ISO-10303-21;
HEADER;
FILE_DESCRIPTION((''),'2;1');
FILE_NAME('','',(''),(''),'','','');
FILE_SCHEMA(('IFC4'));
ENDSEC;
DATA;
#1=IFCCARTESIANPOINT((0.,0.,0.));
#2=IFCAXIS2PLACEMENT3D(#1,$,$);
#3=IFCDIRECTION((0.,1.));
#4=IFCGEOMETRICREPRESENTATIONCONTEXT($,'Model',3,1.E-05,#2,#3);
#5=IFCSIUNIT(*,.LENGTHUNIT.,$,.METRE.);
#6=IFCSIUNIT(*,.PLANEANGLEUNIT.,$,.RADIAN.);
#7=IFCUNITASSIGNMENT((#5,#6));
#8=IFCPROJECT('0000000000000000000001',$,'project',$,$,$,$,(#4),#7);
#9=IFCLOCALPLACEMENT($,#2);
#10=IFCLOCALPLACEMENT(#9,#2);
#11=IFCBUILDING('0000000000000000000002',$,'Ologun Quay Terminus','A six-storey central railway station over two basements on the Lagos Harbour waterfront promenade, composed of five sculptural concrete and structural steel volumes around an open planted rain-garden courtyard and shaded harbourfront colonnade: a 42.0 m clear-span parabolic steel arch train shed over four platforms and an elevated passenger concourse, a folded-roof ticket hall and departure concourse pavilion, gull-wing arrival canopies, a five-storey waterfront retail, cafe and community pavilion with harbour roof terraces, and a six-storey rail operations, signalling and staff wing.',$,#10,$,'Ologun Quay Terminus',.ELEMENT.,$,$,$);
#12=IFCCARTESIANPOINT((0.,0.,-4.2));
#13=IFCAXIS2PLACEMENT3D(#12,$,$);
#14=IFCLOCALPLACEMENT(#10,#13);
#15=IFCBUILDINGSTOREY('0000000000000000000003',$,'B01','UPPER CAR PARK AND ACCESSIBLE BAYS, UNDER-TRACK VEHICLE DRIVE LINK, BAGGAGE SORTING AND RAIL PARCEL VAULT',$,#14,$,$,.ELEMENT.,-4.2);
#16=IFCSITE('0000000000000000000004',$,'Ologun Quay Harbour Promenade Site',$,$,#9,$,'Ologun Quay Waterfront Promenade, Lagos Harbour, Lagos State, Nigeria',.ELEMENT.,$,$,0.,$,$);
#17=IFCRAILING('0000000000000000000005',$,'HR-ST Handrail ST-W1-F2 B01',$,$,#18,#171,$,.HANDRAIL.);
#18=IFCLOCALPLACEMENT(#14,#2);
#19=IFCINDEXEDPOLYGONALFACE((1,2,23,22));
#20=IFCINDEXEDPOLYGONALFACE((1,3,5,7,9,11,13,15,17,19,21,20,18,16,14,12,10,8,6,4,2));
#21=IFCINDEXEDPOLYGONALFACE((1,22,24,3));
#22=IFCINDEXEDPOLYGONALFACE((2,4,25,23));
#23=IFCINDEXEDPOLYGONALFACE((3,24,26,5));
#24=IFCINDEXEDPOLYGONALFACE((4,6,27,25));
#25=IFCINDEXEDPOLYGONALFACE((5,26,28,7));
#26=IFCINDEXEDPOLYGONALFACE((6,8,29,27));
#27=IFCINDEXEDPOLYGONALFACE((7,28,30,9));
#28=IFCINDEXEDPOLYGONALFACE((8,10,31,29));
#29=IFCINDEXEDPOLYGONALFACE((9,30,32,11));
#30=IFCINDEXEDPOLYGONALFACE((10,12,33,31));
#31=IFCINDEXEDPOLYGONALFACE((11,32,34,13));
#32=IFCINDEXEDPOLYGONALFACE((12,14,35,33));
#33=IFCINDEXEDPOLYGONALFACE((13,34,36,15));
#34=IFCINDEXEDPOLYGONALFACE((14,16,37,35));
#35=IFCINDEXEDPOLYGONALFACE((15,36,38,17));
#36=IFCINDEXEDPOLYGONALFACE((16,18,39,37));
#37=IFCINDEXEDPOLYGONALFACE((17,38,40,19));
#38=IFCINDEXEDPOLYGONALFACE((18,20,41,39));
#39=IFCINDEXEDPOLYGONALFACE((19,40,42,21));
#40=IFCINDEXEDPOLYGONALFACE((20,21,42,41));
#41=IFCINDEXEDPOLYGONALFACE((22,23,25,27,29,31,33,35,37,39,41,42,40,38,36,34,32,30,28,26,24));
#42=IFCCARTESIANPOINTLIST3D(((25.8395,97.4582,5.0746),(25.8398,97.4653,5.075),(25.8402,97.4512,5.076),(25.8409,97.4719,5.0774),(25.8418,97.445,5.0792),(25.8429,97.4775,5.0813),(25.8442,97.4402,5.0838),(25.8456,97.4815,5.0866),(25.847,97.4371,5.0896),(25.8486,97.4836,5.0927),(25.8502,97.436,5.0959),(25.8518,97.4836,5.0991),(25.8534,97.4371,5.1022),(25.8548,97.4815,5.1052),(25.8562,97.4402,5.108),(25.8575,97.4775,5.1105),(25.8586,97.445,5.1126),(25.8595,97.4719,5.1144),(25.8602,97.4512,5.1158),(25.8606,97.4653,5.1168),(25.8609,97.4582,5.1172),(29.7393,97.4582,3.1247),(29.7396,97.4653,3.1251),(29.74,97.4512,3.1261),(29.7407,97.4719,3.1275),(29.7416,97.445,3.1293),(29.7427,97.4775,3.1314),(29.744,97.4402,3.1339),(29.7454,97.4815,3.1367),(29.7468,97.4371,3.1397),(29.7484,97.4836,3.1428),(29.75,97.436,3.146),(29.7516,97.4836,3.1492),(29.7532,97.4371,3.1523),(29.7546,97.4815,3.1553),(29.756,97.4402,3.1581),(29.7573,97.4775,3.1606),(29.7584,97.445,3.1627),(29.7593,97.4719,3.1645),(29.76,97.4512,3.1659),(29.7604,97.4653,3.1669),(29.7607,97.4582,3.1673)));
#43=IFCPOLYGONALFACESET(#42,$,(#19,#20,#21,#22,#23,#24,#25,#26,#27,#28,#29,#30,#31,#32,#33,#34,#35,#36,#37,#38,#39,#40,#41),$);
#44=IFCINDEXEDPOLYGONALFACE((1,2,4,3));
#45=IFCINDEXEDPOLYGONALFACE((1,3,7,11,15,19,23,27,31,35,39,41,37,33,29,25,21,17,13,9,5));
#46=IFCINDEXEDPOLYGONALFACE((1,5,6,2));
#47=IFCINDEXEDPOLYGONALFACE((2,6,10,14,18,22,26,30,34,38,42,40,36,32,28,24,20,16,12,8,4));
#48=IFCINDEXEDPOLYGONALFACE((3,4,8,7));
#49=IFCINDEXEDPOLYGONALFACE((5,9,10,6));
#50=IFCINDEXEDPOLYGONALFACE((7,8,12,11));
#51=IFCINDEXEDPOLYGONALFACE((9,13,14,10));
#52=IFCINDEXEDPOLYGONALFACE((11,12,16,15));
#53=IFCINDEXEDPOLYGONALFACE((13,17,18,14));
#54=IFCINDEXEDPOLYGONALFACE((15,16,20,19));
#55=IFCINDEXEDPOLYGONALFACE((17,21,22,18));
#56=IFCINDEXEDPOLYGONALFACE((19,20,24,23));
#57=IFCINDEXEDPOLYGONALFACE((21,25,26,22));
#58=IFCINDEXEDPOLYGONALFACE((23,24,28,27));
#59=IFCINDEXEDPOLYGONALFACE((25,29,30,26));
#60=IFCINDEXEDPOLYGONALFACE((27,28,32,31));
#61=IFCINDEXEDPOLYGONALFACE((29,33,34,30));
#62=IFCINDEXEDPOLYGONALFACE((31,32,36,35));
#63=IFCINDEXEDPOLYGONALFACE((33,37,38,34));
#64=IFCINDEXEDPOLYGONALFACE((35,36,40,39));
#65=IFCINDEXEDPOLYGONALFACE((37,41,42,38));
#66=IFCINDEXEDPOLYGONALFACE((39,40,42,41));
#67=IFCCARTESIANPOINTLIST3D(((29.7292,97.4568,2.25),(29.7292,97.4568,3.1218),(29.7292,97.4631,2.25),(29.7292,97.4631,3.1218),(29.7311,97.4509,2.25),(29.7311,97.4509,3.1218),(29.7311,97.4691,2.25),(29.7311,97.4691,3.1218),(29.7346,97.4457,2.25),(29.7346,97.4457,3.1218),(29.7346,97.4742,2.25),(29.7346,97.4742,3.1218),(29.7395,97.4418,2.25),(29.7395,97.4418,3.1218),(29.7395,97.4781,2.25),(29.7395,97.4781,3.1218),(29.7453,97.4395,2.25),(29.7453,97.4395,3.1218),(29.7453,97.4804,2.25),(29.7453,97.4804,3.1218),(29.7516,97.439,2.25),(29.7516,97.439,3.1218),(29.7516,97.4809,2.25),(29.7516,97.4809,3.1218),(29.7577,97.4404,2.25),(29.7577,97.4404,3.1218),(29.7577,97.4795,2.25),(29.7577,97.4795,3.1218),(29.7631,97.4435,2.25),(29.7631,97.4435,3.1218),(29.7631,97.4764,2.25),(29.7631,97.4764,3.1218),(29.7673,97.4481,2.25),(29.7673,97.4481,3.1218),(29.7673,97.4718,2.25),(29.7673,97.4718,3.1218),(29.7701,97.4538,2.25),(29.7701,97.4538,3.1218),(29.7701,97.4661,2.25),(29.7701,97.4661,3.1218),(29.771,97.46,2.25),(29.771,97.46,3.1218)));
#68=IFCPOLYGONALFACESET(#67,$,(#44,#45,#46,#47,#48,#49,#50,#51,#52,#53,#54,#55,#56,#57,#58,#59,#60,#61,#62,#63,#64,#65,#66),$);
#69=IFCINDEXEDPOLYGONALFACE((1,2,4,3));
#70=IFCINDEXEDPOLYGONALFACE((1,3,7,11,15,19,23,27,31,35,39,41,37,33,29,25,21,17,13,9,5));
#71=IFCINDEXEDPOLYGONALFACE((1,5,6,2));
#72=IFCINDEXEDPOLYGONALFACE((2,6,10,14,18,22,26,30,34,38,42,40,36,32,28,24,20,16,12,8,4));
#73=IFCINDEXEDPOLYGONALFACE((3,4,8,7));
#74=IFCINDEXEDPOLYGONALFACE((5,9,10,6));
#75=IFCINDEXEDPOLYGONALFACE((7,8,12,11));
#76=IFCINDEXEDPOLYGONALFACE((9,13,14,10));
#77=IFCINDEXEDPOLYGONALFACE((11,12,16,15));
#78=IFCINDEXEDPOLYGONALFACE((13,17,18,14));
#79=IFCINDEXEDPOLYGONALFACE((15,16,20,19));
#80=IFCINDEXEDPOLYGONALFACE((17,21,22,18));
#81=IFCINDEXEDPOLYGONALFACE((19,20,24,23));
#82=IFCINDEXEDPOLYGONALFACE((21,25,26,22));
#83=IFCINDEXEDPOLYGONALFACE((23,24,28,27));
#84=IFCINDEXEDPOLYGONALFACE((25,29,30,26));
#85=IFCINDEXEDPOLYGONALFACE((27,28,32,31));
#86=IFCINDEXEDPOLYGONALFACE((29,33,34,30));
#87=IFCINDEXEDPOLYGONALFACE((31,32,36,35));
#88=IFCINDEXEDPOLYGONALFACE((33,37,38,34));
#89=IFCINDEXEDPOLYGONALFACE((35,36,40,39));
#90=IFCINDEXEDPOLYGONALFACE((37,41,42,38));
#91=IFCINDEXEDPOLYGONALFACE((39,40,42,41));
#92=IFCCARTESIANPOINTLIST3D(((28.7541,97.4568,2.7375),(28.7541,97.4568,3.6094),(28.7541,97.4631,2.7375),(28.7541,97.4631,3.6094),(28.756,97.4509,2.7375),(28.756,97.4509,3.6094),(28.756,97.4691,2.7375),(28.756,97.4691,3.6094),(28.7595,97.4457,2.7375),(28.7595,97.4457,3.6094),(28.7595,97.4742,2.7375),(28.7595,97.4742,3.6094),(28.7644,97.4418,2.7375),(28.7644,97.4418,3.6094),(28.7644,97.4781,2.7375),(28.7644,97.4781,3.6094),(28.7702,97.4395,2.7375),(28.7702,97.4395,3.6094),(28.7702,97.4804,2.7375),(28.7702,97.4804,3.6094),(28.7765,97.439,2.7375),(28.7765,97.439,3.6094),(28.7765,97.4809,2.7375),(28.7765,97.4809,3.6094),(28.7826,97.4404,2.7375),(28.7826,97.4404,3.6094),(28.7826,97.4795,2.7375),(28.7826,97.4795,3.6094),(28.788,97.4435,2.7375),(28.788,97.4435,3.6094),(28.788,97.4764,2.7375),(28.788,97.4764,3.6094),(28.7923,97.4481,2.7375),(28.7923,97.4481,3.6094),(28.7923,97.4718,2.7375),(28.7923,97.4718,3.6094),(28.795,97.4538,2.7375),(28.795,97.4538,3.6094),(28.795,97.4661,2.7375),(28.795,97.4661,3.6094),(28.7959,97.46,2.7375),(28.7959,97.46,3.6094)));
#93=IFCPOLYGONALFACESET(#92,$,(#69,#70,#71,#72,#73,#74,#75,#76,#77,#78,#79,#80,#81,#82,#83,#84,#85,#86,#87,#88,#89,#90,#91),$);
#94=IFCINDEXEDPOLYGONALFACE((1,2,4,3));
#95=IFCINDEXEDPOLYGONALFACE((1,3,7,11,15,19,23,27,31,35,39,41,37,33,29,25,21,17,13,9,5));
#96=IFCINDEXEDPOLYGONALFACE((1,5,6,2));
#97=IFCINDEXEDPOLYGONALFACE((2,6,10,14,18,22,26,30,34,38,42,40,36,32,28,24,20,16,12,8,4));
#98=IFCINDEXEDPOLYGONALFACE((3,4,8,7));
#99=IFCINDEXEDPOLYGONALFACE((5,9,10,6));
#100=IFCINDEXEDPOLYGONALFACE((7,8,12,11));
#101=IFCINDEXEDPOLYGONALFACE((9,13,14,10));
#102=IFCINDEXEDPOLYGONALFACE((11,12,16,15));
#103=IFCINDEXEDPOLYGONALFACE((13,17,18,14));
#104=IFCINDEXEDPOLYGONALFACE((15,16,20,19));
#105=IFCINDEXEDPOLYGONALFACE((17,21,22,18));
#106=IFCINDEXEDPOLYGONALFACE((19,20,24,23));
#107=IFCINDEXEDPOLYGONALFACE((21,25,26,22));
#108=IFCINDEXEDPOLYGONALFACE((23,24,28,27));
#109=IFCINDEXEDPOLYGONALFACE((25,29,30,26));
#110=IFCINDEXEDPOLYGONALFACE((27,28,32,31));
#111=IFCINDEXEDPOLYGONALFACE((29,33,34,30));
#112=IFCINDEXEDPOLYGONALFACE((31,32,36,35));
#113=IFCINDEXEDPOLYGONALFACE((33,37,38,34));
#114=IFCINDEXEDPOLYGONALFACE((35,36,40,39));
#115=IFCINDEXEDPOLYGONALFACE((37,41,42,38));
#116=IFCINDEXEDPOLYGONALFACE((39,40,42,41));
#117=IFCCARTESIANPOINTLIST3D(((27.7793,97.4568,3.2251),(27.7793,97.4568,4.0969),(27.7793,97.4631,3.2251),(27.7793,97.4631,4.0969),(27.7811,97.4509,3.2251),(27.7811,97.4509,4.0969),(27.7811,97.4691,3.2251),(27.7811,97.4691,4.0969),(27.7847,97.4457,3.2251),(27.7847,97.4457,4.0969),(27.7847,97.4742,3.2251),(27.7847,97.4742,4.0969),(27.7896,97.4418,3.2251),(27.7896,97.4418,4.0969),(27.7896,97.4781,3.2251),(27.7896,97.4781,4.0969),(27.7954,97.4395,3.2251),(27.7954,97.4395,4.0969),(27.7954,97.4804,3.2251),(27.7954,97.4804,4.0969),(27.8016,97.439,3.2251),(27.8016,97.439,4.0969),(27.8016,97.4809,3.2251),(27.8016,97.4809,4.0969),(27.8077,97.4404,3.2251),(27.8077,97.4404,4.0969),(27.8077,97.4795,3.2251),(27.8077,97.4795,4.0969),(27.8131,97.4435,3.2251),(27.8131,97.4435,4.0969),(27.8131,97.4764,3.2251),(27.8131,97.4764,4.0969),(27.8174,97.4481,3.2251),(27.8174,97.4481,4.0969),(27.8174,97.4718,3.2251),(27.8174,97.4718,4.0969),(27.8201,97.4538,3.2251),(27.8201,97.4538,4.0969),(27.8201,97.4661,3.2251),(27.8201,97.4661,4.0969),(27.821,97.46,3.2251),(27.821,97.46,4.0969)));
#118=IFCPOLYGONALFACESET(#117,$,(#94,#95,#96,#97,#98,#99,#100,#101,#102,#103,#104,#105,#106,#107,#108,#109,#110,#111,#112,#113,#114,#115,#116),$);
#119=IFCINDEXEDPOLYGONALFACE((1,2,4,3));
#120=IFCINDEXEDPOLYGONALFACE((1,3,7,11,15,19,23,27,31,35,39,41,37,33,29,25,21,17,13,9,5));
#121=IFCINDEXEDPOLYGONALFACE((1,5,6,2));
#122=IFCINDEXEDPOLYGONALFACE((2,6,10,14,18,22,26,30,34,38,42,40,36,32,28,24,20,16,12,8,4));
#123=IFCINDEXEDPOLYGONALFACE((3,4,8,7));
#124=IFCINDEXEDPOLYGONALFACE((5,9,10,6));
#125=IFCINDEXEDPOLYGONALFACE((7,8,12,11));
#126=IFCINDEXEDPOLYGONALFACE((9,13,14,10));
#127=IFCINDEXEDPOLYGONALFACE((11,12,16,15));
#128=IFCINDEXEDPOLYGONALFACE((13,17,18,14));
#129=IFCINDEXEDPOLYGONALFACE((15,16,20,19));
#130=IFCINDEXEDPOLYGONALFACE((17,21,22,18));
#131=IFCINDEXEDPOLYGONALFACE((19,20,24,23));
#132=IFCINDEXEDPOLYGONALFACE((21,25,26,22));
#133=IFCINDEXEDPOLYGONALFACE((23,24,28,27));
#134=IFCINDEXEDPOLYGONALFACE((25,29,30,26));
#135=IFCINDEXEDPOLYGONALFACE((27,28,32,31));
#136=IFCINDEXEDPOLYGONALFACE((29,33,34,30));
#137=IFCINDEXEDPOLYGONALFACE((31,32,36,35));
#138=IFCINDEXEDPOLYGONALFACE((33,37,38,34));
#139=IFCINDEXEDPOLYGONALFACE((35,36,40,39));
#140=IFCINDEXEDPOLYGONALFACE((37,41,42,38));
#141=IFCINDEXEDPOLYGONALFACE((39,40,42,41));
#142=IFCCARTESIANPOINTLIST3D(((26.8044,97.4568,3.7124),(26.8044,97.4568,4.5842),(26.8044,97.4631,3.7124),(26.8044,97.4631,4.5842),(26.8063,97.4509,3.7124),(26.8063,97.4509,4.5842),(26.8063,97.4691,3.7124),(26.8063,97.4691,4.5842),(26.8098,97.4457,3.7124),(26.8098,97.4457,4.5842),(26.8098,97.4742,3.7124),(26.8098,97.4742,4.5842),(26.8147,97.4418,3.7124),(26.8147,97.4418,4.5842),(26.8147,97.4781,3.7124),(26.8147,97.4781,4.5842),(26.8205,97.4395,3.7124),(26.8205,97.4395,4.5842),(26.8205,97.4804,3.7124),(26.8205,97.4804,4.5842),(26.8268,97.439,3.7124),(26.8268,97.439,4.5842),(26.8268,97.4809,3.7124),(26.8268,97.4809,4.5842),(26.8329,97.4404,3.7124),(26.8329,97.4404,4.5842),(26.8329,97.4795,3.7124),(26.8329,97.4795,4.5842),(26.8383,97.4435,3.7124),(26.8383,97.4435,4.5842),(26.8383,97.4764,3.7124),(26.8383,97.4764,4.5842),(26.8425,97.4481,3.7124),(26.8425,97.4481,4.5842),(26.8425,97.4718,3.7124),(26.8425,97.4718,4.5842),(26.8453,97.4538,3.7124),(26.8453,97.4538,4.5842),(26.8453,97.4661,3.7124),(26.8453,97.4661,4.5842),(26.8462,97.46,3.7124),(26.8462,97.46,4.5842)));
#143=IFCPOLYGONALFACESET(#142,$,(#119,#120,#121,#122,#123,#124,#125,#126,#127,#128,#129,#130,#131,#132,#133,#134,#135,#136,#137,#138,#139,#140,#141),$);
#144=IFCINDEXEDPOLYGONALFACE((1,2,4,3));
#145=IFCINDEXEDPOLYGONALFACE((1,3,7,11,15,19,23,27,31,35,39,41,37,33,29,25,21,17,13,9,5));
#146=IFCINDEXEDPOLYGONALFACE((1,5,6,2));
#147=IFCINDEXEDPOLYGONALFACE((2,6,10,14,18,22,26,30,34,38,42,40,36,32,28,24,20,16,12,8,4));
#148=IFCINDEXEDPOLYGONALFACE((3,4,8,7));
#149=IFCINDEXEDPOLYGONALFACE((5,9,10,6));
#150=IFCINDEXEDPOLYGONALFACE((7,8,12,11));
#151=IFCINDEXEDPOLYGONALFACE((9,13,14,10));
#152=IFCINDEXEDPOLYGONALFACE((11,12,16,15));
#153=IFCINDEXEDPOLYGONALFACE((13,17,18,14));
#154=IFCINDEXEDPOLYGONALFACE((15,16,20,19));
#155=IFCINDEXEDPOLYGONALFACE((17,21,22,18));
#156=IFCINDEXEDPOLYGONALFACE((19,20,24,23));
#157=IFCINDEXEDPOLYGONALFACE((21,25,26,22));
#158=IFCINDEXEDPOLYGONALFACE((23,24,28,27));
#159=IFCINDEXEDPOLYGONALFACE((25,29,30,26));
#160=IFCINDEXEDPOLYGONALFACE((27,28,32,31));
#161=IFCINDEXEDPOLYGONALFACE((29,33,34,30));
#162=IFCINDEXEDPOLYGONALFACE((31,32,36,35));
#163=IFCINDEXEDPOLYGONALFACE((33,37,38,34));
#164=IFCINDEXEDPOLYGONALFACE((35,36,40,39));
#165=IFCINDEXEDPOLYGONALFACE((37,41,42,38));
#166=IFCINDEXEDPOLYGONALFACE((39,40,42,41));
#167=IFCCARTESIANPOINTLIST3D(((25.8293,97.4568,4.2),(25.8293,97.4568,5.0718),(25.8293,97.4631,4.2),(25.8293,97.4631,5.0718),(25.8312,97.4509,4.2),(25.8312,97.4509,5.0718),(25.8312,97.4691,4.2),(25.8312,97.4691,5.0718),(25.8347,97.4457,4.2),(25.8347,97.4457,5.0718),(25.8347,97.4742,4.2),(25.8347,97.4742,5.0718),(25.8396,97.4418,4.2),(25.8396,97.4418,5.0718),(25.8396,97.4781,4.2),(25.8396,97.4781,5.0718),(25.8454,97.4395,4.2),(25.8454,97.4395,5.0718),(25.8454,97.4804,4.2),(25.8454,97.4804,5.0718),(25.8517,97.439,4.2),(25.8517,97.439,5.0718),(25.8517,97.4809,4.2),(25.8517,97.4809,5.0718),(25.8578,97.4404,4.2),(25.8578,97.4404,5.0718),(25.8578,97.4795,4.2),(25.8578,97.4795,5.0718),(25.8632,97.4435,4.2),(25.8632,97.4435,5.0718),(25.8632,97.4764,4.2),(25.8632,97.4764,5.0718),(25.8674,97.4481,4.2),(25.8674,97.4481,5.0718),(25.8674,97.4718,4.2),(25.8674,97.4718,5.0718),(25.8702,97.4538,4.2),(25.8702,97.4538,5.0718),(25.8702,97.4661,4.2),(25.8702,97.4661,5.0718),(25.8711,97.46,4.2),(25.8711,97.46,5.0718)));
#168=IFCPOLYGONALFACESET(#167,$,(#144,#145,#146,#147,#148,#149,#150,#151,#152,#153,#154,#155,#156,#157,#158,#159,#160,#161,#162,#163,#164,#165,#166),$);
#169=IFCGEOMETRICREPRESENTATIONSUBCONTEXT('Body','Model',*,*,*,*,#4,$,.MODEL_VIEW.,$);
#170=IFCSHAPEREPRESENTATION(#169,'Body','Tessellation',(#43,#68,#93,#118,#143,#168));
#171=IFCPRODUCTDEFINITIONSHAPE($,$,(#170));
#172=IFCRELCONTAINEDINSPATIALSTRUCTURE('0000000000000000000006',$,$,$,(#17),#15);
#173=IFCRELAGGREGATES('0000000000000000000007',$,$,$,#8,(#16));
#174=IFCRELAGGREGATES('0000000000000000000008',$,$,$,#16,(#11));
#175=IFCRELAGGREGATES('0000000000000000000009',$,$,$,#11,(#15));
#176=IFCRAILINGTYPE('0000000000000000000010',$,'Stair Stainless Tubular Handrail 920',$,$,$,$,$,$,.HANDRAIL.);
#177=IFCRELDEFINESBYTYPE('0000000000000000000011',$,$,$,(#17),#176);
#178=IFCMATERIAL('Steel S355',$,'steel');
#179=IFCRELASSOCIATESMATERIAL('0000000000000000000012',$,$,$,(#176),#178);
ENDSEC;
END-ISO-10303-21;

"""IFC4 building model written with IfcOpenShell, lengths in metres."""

from ifc_helpers import new_model, si_unit, direction, frame, origin, origin_2d, place, context, subcontext, project, spatial, circle, extrude, material, type_object, element, save


model = new_model("IFC4")

# Units and contexts
model_context = context("Model", 3, precision=1e-05, world=origin(), true_north=direction((0.0, 1.0)))
body_context = subcontext(model_context, "Body", "Model", "MODEL_VIEW")
ifc_project = project(units=[si_unit("LENGTHUNIT", "METRE"), si_unit("PLANEANGLEUNIT", "RADIAN")], contexts=[model_context])

# Site, building, storey
site_placement = place(None, origin())
site = spatial("IfcSite", under=ifc_project, at=site_placement, Name="Ologun Quay Harbour Promenade Site", LongName="Ologun Quay Waterfront Promenade, Lagos Harbour, Lagos State, Nigeria", CompositionType="ELEMENT", RefElevation=0.0)
building_placement = place(site_placement, origin())
building = spatial("IfcBuilding", under=site, at=building_placement, Name="Ologun Quay Terminus", Description="A six-storey central railway station over two basements on the Lagos Harbour waterfront promenade, composed of five sculptural concrete and structural steel volumes around an open planted rain-garden courtyard and shaded harbourfront colonnade: a 42.0 m clear-span parabolic steel arch train shed over four platforms and an elevated passenger concourse, a folded-roof ticket hall and departure concourse pavilion, gull-wing arrival canopies, a five-storey waterfront retail, cafe and community pavilion with harbour roof terraces, and a six-storey rail operations, signalling and staff wing.", LongName="Ologun Quay Terminus", CompositionType="ELEMENT")
storey_placement = place(building_placement, frame((0.0, 0.0, -4.2)))
storey = spatial("IfcBuildingStorey", under=building, at=storey_placement, Name="B01", Description="UPPER CAR PARK AND ACCESSIBLE BAYS, UNDER-TRACK VEHICLE DRIVE LINK, BAGGAGE SORTING AND RAIL PARCEL VAULT", CompositionType="ELEMENT", Elevation=-4.2)

# Railing
ifc_material_1 = material(Name="Steel S355", Category="steel")
railing_type_1 = type_object("IfcRailingType", Name="Stair Stainless Tubular Handrail 920", PredefinedType="HANDRAIL", material=ifc_material_1)
railing_1_placement = place(storey_placement, frame((29.75, 97.46, 2.25)))
element("IfcRailing", 1, at=railing_1_placement, inside=storey, type_object=railing_type_1, Name="HR-ST Handrail ST-W1-F2 B01", PredefinedType="HANDRAIL", context=body_context, shape_type="SweptSolid", body=[
    extrude(circle(Radius=0.0239, at=origin_2d()), frame((0.0, 0.0, 0.896), z_axis=(-0.894427, 0.0, 0.447214), x_axis=(0.0, -1.0, 0.0)), (0.0, 0.0, 1.0), 4.3601),
    extrude(circle(Radius=0.021, at=origin_2d()), origin(), (0.0, 0.0, 1.0), 0.8718),
    extrude(circle(Radius=0.021, at=origin_2d()), frame((-0.9751, 0.0, 0.4875)), (0.0, 0.0, 1.0), 0.8718),
    extrude(circle(Radius=0.021, at=origin_2d()), frame((-1.95, 0.0, 0.9751)), (0.0, 0.0, 1.0), 0.8718),
    extrude(circle(Radius=0.021, at=origin_2d()), frame((-2.9248, 0.0, 1.4624)), (0.0, 0.0, 1.0), 0.8718),
    extrude(circle(Radius=0.021, at=origin_2d()), frame((-3.8999, 0.0, 1.95)), (0.0, 0.0, 1.0), 0.8718),
])

save(model, "model.ifc")
